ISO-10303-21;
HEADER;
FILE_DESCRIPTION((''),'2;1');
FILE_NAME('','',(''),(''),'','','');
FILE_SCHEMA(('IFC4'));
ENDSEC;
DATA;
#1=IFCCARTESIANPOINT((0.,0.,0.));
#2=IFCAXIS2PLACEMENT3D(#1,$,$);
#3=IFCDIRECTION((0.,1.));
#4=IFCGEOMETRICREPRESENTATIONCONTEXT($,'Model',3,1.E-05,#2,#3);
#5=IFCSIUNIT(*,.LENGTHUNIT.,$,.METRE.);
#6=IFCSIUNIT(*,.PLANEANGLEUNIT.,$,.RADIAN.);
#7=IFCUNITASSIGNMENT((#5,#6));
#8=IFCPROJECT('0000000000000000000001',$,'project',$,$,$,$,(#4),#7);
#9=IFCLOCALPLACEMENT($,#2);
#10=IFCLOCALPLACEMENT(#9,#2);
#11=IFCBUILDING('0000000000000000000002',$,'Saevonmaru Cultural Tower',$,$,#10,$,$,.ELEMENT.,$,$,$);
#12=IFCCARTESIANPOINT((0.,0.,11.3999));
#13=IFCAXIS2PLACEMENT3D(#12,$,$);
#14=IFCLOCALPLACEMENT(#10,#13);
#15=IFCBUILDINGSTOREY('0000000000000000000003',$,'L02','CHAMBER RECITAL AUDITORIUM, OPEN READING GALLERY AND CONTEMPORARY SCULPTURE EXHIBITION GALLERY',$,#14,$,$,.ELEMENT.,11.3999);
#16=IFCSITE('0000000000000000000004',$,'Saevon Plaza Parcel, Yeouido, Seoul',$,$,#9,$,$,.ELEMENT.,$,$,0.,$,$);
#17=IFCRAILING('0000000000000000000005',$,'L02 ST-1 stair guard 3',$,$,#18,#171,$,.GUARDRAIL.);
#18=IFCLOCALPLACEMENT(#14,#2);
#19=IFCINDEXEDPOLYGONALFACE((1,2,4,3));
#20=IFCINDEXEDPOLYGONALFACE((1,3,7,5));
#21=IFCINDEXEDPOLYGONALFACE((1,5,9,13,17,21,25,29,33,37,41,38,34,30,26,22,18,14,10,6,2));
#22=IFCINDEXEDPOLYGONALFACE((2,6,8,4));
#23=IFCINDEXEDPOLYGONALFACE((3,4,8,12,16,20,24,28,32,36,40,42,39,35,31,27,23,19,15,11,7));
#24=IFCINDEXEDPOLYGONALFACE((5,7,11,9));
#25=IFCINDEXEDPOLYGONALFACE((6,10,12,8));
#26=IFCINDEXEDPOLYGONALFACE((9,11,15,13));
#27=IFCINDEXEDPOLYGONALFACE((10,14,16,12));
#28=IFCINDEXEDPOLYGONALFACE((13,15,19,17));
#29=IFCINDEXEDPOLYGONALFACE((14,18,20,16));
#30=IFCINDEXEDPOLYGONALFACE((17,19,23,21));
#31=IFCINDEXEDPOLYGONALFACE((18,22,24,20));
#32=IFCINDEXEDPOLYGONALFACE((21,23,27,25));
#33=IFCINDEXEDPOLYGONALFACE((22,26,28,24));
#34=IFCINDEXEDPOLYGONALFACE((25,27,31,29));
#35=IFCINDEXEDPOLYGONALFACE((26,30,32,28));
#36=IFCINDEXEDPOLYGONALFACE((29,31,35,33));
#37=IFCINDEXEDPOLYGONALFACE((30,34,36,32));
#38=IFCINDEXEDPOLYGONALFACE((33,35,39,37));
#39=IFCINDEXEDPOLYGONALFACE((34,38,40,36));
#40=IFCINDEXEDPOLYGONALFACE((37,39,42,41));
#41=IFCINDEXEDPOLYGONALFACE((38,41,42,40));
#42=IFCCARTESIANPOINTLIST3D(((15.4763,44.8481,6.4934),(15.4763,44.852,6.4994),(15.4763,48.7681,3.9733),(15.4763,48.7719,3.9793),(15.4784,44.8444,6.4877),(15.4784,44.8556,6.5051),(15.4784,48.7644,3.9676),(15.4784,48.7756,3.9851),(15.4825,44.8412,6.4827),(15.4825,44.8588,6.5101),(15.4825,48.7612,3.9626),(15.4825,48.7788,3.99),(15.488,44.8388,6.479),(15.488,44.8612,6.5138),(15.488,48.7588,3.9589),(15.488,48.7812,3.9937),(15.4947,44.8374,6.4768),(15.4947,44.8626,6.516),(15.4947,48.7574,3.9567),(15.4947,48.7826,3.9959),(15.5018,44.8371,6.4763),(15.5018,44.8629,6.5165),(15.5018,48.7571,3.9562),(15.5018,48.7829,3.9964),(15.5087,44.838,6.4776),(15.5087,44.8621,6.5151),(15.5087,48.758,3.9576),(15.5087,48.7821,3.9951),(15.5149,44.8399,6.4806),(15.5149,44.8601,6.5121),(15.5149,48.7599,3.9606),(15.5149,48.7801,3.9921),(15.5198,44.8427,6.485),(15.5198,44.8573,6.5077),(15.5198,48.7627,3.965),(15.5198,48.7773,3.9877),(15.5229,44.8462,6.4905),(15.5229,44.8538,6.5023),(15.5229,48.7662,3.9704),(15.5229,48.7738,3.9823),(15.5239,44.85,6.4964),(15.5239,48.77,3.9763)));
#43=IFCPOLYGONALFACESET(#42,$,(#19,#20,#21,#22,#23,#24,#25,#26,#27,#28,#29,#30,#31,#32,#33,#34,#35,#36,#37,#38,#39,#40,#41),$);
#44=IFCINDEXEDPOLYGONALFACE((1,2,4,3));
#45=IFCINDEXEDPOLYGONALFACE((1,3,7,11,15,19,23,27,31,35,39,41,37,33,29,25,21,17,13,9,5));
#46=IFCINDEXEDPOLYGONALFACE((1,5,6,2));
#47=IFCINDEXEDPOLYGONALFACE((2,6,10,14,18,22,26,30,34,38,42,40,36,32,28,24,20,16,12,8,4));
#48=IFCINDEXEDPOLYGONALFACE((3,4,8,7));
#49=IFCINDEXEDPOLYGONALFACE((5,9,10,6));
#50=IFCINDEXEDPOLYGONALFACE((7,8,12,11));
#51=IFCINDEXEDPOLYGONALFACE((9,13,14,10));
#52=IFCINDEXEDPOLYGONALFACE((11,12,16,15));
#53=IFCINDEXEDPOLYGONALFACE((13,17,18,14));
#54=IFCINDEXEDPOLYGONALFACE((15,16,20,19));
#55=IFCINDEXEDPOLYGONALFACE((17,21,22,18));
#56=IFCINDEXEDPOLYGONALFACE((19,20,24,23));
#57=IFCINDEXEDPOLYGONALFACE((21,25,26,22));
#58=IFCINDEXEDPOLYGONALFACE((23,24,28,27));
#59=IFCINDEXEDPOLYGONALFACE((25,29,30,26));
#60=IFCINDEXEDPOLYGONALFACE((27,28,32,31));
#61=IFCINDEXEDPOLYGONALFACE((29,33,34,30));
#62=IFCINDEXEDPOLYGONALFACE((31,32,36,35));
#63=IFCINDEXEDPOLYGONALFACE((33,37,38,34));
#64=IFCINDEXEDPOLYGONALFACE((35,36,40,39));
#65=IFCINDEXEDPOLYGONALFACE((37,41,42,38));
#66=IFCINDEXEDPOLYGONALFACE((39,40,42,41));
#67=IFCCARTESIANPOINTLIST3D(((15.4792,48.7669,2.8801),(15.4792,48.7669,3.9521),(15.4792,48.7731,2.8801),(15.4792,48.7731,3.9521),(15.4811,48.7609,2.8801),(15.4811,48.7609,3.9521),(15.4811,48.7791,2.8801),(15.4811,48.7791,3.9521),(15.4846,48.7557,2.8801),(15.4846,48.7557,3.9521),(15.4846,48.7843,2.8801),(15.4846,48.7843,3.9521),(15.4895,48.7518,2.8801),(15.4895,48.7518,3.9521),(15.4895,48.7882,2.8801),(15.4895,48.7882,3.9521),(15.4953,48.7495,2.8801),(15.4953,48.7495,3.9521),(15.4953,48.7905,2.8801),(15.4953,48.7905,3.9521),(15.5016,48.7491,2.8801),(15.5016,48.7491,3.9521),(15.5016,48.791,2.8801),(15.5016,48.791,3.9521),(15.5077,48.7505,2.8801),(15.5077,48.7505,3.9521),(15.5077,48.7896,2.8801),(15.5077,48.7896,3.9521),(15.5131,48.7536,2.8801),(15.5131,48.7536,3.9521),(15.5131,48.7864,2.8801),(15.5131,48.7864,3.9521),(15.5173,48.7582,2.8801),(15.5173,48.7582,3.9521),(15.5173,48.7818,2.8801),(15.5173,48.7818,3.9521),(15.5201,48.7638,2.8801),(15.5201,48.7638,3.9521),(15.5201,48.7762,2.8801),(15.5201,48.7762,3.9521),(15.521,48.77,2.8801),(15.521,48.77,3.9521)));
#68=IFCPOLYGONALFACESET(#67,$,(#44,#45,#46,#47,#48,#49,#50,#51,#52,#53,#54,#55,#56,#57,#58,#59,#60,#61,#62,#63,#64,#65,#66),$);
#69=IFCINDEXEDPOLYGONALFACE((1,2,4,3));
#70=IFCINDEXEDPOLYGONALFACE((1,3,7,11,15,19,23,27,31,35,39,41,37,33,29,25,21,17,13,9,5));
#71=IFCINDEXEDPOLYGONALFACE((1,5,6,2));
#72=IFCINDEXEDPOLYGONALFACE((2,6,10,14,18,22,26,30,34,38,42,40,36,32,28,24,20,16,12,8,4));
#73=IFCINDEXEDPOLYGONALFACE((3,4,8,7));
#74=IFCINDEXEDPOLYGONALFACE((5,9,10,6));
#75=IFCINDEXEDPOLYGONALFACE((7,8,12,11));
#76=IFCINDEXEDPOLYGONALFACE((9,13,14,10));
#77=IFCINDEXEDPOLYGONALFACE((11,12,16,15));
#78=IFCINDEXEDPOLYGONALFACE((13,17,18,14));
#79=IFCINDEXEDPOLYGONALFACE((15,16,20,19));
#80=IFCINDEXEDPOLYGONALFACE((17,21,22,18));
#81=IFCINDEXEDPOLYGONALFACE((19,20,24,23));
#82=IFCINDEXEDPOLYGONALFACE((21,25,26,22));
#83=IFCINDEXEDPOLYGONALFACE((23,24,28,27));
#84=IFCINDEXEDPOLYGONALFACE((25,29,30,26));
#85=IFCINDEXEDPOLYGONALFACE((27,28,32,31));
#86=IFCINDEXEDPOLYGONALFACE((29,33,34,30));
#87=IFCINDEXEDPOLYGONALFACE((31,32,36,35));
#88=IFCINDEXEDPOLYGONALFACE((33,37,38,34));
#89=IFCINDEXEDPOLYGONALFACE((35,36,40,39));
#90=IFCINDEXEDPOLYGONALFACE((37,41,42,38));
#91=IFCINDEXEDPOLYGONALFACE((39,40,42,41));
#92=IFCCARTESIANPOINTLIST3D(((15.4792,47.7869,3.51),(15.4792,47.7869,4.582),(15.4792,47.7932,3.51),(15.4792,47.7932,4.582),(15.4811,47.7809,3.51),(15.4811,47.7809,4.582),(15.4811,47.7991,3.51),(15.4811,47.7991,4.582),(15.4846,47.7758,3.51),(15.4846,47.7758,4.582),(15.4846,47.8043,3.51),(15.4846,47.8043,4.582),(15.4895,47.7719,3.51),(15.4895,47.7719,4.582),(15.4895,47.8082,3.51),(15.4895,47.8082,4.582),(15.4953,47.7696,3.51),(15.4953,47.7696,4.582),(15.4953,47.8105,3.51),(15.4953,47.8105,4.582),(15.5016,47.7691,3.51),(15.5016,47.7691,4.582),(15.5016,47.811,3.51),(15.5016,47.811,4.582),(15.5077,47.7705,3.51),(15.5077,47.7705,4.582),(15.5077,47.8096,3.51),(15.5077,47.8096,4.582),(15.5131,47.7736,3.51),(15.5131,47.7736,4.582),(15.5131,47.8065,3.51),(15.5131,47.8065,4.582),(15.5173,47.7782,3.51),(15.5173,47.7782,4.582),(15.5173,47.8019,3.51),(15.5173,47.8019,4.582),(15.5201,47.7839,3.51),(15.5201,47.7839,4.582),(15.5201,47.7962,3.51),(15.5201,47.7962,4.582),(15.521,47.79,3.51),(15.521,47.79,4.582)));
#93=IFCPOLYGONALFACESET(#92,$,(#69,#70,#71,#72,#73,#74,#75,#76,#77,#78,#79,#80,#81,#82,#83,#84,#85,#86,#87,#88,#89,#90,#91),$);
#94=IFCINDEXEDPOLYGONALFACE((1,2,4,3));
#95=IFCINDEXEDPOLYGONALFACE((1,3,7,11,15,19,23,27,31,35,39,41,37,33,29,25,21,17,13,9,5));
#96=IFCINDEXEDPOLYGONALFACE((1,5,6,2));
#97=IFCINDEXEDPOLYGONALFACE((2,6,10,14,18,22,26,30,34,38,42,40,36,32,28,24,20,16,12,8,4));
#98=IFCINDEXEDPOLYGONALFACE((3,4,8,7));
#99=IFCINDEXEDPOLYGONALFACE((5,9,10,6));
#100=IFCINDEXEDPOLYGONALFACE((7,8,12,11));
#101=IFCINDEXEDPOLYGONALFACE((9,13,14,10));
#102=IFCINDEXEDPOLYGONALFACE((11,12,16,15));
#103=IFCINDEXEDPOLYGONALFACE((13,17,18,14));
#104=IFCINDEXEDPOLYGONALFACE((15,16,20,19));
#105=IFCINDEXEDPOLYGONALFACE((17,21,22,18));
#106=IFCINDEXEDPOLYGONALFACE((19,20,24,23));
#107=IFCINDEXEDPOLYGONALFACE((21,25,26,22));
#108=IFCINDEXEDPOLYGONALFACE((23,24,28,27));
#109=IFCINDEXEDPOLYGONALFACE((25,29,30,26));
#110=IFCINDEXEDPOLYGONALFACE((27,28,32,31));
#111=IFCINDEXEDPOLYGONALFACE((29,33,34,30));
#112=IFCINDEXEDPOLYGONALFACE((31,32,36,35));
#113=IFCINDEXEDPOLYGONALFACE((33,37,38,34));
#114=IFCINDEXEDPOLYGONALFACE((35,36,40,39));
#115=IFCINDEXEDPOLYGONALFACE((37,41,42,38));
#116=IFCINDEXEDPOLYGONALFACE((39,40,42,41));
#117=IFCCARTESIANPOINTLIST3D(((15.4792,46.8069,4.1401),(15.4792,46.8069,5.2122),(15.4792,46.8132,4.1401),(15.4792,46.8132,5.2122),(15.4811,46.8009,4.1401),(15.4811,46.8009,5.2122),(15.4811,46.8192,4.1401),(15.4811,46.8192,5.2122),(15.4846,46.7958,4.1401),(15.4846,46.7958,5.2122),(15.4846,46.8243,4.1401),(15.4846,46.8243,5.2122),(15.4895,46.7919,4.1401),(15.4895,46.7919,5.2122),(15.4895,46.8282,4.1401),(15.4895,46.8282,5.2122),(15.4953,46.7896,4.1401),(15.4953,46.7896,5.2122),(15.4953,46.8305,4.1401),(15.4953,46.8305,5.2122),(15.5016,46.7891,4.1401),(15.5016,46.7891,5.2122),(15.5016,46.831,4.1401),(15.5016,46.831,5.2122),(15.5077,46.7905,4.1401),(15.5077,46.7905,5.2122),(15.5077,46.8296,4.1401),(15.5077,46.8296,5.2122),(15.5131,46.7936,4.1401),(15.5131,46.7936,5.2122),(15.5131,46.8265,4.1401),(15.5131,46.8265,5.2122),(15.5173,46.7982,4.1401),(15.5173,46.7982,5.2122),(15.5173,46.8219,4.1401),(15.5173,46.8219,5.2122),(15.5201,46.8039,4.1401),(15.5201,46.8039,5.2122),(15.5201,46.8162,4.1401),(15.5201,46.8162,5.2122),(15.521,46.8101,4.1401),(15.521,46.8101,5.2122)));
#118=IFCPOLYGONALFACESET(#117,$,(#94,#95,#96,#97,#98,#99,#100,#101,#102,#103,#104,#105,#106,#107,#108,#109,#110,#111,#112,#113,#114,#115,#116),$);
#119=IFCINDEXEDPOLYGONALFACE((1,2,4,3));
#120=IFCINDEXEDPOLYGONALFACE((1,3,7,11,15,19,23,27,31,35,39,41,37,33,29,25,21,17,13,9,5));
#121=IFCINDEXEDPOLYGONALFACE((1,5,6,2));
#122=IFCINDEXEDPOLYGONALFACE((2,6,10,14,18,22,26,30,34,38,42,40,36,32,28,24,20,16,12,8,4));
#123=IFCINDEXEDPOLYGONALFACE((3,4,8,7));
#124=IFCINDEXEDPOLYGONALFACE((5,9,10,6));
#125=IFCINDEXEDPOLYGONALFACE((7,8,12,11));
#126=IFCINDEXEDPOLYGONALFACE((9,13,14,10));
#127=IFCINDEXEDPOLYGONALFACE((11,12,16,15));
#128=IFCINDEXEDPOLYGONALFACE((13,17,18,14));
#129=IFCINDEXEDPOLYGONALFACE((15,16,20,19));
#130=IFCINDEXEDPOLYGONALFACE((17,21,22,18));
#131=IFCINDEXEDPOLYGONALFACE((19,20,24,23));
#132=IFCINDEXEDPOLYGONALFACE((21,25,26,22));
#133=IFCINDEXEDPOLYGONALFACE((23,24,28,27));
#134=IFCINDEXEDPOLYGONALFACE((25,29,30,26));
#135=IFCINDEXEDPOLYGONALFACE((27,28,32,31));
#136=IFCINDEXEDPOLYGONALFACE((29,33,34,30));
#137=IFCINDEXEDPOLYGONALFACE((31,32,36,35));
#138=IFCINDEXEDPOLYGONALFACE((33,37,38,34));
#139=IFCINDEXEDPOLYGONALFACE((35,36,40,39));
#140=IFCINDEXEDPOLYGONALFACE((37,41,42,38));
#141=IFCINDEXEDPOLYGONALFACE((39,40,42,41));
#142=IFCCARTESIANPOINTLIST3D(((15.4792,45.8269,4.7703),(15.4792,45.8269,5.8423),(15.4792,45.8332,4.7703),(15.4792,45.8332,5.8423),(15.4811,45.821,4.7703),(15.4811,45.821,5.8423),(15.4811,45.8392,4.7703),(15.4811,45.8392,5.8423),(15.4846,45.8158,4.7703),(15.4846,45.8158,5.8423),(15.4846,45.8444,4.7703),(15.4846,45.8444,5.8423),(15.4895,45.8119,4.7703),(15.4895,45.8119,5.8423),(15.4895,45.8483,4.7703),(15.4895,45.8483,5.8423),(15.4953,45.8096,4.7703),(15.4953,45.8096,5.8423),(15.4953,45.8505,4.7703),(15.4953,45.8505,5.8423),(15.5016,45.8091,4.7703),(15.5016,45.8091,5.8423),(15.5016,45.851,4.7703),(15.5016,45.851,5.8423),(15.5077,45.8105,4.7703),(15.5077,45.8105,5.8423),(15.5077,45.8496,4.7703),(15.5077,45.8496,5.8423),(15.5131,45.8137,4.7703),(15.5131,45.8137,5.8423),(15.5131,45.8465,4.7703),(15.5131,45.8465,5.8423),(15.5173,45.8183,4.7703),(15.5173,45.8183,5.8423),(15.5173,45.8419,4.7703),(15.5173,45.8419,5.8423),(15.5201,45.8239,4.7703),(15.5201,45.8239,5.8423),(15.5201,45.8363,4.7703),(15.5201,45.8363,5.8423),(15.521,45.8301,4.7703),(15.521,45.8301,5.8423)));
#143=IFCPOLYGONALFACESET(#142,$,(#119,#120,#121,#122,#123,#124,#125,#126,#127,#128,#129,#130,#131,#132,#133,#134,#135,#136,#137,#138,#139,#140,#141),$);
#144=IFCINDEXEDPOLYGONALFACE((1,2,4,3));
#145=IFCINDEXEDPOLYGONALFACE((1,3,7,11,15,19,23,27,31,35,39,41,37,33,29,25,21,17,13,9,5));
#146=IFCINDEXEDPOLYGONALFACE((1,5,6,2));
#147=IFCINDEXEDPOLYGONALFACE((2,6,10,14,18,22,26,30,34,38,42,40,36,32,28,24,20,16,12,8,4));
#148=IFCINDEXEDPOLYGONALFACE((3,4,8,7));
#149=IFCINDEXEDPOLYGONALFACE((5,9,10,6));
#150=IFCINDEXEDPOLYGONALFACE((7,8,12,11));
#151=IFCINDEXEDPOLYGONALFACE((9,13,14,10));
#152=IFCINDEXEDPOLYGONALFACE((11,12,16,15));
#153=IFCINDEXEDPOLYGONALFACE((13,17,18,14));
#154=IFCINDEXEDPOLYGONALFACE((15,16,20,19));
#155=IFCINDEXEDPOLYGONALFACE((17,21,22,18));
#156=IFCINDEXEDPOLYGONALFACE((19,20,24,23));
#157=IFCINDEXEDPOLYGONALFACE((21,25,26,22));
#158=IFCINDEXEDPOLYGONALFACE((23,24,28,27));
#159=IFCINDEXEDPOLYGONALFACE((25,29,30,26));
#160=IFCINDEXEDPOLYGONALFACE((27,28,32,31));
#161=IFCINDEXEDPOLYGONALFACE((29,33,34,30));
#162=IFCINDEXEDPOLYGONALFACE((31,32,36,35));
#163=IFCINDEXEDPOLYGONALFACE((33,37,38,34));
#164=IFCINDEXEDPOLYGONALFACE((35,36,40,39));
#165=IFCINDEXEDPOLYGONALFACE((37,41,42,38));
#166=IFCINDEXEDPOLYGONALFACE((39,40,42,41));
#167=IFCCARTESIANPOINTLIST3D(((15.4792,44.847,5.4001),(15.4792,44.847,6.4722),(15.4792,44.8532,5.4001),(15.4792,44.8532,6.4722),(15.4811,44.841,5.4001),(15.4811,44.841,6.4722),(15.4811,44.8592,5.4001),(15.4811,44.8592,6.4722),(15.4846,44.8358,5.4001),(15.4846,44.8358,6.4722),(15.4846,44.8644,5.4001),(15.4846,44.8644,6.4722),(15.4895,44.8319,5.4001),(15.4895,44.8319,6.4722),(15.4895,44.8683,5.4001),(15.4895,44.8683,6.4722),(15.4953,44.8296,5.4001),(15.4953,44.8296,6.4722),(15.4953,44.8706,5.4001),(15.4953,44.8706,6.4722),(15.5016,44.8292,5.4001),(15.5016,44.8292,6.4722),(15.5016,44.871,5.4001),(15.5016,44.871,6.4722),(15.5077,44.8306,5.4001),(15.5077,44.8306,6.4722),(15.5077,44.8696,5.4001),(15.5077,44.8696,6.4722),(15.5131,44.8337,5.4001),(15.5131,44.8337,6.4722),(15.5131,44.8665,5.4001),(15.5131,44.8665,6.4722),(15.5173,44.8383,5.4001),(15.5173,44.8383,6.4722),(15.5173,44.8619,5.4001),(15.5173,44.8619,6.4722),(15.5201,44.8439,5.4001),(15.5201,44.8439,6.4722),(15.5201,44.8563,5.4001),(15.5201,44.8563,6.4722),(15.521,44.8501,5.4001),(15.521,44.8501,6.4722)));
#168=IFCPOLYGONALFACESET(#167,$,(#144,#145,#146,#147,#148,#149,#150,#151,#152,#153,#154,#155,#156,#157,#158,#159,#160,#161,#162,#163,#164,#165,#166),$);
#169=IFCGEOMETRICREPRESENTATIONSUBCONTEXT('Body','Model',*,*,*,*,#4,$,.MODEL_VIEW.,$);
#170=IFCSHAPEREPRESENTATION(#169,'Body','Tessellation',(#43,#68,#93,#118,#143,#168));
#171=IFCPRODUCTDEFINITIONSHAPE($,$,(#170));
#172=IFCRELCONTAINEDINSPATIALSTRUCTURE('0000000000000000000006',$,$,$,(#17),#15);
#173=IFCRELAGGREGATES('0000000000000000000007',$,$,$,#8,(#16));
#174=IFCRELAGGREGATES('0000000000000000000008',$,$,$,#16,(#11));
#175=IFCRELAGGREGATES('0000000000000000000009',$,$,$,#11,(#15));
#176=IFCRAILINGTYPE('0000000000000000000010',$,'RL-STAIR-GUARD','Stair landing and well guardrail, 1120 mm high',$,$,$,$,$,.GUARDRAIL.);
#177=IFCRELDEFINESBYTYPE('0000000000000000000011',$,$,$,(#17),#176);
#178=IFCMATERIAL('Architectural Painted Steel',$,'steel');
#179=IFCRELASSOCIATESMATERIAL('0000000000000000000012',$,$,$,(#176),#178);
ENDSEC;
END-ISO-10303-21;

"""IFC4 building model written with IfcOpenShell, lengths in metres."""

from ifc_helpers import new_model, si_unit, direction, frame, origin, origin_2d, place, context, subcontext, project, spatial, circle, extrude, material, type_object, element, save


model = new_model("IFC4")

# Units and contexts
model_context = context("Model", 3, precision=1e-05, world=origin(), true_north=direction((0.0, 1.0)))
body_context = subcontext(model_context, "Body", "Model", "MODEL_VIEW")
ifc_project = project(units=[si_unit("LENGTHUNIT", "METRE"), si_unit("PLANEANGLEUNIT", "RADIAN")], contexts=[model_context])

# Site, building, storey
site_placement = place(None, origin())
site = spatial("IfcSite", under=ifc_project, at=site_placement, Name="Saevon Plaza Parcel, Yeouido, Seoul", CompositionType="ELEMENT", RefElevation=0.0)
building_placement = place(site_placement, origin())
building = spatial("IfcBuilding", under=site, at=building_placement, Name="Saevonmaru Cultural Tower", CompositionType="ELEMENT")
storey_placement = place(building_placement, frame((0.0, 0.0, 11.3999)))
storey = spatial("IfcBuildingStorey", under=building, at=storey_placement, Name="L02", Description="CHAMBER RECITAL AUDITORIUM, OPEN READING GALLERY AND CONTEMPORARY SCULPTURE EXHIBITION GALLERY", CompositionType="ELEMENT", Elevation=11.3999)

# Railing
ifc_material_1 = material(Name="Architectural Painted Steel", Category="steel")
railing_type_1 = type_object("IfcRailingType", Name="RL-STAIR-GUARD", Description="Stair landing and well guardrail, 1120 mm high", PredefinedType="GUARDRAIL", material=ifc_material_1)
railing_1_placement = place(storey_placement, frame((15.5, 48.77, 2.8801)))
element("IfcRailing", 1, at=railing_1_placement, inside=storey, type_object=railing_type_1, Name="L02 ST-1 stair guard 3", PredefinedType="GUARDRAIL", context=body_context, shape_type="SweptSolid", body=[
    extrude(circle(Radius=0.0239, at=origin_2d()), frame((0.0, 0.0, 1.0962), z_axis=(0.0, -0.841172, 0.540768), x_axis=(1.0, 0.0, 0.0)), (0.0, 0.0, 1.0), 4.6602),
    extrude(circle(Radius=0.021, at=origin_2d()), origin(), (0.0, 0.0, 1.0), 1.072),
    extrude(circle(Radius=0.021, at=origin_2d()), frame((0.0, -0.98, 0.6299)), (0.0, 0.0, 1.0), 1.072),
    extrude(circle(Radius=0.021, at=origin_2d()), frame((0.0, -1.96, 1.26)), (0.0, 0.0, 1.0), 1.072),
    extrude(circle(Radius=0.021, at=origin_2d()), frame((0.0, -2.9399, 1.8901)), (0.0, 0.0, 1.0), 1.072),
    extrude(circle(Radius=0.021, at=origin_2d()), frame((0.0, -3.9199, 2.52)), (0.0, 0.0, 1.0), 1.072),
])

save(model, "model.ifc")
